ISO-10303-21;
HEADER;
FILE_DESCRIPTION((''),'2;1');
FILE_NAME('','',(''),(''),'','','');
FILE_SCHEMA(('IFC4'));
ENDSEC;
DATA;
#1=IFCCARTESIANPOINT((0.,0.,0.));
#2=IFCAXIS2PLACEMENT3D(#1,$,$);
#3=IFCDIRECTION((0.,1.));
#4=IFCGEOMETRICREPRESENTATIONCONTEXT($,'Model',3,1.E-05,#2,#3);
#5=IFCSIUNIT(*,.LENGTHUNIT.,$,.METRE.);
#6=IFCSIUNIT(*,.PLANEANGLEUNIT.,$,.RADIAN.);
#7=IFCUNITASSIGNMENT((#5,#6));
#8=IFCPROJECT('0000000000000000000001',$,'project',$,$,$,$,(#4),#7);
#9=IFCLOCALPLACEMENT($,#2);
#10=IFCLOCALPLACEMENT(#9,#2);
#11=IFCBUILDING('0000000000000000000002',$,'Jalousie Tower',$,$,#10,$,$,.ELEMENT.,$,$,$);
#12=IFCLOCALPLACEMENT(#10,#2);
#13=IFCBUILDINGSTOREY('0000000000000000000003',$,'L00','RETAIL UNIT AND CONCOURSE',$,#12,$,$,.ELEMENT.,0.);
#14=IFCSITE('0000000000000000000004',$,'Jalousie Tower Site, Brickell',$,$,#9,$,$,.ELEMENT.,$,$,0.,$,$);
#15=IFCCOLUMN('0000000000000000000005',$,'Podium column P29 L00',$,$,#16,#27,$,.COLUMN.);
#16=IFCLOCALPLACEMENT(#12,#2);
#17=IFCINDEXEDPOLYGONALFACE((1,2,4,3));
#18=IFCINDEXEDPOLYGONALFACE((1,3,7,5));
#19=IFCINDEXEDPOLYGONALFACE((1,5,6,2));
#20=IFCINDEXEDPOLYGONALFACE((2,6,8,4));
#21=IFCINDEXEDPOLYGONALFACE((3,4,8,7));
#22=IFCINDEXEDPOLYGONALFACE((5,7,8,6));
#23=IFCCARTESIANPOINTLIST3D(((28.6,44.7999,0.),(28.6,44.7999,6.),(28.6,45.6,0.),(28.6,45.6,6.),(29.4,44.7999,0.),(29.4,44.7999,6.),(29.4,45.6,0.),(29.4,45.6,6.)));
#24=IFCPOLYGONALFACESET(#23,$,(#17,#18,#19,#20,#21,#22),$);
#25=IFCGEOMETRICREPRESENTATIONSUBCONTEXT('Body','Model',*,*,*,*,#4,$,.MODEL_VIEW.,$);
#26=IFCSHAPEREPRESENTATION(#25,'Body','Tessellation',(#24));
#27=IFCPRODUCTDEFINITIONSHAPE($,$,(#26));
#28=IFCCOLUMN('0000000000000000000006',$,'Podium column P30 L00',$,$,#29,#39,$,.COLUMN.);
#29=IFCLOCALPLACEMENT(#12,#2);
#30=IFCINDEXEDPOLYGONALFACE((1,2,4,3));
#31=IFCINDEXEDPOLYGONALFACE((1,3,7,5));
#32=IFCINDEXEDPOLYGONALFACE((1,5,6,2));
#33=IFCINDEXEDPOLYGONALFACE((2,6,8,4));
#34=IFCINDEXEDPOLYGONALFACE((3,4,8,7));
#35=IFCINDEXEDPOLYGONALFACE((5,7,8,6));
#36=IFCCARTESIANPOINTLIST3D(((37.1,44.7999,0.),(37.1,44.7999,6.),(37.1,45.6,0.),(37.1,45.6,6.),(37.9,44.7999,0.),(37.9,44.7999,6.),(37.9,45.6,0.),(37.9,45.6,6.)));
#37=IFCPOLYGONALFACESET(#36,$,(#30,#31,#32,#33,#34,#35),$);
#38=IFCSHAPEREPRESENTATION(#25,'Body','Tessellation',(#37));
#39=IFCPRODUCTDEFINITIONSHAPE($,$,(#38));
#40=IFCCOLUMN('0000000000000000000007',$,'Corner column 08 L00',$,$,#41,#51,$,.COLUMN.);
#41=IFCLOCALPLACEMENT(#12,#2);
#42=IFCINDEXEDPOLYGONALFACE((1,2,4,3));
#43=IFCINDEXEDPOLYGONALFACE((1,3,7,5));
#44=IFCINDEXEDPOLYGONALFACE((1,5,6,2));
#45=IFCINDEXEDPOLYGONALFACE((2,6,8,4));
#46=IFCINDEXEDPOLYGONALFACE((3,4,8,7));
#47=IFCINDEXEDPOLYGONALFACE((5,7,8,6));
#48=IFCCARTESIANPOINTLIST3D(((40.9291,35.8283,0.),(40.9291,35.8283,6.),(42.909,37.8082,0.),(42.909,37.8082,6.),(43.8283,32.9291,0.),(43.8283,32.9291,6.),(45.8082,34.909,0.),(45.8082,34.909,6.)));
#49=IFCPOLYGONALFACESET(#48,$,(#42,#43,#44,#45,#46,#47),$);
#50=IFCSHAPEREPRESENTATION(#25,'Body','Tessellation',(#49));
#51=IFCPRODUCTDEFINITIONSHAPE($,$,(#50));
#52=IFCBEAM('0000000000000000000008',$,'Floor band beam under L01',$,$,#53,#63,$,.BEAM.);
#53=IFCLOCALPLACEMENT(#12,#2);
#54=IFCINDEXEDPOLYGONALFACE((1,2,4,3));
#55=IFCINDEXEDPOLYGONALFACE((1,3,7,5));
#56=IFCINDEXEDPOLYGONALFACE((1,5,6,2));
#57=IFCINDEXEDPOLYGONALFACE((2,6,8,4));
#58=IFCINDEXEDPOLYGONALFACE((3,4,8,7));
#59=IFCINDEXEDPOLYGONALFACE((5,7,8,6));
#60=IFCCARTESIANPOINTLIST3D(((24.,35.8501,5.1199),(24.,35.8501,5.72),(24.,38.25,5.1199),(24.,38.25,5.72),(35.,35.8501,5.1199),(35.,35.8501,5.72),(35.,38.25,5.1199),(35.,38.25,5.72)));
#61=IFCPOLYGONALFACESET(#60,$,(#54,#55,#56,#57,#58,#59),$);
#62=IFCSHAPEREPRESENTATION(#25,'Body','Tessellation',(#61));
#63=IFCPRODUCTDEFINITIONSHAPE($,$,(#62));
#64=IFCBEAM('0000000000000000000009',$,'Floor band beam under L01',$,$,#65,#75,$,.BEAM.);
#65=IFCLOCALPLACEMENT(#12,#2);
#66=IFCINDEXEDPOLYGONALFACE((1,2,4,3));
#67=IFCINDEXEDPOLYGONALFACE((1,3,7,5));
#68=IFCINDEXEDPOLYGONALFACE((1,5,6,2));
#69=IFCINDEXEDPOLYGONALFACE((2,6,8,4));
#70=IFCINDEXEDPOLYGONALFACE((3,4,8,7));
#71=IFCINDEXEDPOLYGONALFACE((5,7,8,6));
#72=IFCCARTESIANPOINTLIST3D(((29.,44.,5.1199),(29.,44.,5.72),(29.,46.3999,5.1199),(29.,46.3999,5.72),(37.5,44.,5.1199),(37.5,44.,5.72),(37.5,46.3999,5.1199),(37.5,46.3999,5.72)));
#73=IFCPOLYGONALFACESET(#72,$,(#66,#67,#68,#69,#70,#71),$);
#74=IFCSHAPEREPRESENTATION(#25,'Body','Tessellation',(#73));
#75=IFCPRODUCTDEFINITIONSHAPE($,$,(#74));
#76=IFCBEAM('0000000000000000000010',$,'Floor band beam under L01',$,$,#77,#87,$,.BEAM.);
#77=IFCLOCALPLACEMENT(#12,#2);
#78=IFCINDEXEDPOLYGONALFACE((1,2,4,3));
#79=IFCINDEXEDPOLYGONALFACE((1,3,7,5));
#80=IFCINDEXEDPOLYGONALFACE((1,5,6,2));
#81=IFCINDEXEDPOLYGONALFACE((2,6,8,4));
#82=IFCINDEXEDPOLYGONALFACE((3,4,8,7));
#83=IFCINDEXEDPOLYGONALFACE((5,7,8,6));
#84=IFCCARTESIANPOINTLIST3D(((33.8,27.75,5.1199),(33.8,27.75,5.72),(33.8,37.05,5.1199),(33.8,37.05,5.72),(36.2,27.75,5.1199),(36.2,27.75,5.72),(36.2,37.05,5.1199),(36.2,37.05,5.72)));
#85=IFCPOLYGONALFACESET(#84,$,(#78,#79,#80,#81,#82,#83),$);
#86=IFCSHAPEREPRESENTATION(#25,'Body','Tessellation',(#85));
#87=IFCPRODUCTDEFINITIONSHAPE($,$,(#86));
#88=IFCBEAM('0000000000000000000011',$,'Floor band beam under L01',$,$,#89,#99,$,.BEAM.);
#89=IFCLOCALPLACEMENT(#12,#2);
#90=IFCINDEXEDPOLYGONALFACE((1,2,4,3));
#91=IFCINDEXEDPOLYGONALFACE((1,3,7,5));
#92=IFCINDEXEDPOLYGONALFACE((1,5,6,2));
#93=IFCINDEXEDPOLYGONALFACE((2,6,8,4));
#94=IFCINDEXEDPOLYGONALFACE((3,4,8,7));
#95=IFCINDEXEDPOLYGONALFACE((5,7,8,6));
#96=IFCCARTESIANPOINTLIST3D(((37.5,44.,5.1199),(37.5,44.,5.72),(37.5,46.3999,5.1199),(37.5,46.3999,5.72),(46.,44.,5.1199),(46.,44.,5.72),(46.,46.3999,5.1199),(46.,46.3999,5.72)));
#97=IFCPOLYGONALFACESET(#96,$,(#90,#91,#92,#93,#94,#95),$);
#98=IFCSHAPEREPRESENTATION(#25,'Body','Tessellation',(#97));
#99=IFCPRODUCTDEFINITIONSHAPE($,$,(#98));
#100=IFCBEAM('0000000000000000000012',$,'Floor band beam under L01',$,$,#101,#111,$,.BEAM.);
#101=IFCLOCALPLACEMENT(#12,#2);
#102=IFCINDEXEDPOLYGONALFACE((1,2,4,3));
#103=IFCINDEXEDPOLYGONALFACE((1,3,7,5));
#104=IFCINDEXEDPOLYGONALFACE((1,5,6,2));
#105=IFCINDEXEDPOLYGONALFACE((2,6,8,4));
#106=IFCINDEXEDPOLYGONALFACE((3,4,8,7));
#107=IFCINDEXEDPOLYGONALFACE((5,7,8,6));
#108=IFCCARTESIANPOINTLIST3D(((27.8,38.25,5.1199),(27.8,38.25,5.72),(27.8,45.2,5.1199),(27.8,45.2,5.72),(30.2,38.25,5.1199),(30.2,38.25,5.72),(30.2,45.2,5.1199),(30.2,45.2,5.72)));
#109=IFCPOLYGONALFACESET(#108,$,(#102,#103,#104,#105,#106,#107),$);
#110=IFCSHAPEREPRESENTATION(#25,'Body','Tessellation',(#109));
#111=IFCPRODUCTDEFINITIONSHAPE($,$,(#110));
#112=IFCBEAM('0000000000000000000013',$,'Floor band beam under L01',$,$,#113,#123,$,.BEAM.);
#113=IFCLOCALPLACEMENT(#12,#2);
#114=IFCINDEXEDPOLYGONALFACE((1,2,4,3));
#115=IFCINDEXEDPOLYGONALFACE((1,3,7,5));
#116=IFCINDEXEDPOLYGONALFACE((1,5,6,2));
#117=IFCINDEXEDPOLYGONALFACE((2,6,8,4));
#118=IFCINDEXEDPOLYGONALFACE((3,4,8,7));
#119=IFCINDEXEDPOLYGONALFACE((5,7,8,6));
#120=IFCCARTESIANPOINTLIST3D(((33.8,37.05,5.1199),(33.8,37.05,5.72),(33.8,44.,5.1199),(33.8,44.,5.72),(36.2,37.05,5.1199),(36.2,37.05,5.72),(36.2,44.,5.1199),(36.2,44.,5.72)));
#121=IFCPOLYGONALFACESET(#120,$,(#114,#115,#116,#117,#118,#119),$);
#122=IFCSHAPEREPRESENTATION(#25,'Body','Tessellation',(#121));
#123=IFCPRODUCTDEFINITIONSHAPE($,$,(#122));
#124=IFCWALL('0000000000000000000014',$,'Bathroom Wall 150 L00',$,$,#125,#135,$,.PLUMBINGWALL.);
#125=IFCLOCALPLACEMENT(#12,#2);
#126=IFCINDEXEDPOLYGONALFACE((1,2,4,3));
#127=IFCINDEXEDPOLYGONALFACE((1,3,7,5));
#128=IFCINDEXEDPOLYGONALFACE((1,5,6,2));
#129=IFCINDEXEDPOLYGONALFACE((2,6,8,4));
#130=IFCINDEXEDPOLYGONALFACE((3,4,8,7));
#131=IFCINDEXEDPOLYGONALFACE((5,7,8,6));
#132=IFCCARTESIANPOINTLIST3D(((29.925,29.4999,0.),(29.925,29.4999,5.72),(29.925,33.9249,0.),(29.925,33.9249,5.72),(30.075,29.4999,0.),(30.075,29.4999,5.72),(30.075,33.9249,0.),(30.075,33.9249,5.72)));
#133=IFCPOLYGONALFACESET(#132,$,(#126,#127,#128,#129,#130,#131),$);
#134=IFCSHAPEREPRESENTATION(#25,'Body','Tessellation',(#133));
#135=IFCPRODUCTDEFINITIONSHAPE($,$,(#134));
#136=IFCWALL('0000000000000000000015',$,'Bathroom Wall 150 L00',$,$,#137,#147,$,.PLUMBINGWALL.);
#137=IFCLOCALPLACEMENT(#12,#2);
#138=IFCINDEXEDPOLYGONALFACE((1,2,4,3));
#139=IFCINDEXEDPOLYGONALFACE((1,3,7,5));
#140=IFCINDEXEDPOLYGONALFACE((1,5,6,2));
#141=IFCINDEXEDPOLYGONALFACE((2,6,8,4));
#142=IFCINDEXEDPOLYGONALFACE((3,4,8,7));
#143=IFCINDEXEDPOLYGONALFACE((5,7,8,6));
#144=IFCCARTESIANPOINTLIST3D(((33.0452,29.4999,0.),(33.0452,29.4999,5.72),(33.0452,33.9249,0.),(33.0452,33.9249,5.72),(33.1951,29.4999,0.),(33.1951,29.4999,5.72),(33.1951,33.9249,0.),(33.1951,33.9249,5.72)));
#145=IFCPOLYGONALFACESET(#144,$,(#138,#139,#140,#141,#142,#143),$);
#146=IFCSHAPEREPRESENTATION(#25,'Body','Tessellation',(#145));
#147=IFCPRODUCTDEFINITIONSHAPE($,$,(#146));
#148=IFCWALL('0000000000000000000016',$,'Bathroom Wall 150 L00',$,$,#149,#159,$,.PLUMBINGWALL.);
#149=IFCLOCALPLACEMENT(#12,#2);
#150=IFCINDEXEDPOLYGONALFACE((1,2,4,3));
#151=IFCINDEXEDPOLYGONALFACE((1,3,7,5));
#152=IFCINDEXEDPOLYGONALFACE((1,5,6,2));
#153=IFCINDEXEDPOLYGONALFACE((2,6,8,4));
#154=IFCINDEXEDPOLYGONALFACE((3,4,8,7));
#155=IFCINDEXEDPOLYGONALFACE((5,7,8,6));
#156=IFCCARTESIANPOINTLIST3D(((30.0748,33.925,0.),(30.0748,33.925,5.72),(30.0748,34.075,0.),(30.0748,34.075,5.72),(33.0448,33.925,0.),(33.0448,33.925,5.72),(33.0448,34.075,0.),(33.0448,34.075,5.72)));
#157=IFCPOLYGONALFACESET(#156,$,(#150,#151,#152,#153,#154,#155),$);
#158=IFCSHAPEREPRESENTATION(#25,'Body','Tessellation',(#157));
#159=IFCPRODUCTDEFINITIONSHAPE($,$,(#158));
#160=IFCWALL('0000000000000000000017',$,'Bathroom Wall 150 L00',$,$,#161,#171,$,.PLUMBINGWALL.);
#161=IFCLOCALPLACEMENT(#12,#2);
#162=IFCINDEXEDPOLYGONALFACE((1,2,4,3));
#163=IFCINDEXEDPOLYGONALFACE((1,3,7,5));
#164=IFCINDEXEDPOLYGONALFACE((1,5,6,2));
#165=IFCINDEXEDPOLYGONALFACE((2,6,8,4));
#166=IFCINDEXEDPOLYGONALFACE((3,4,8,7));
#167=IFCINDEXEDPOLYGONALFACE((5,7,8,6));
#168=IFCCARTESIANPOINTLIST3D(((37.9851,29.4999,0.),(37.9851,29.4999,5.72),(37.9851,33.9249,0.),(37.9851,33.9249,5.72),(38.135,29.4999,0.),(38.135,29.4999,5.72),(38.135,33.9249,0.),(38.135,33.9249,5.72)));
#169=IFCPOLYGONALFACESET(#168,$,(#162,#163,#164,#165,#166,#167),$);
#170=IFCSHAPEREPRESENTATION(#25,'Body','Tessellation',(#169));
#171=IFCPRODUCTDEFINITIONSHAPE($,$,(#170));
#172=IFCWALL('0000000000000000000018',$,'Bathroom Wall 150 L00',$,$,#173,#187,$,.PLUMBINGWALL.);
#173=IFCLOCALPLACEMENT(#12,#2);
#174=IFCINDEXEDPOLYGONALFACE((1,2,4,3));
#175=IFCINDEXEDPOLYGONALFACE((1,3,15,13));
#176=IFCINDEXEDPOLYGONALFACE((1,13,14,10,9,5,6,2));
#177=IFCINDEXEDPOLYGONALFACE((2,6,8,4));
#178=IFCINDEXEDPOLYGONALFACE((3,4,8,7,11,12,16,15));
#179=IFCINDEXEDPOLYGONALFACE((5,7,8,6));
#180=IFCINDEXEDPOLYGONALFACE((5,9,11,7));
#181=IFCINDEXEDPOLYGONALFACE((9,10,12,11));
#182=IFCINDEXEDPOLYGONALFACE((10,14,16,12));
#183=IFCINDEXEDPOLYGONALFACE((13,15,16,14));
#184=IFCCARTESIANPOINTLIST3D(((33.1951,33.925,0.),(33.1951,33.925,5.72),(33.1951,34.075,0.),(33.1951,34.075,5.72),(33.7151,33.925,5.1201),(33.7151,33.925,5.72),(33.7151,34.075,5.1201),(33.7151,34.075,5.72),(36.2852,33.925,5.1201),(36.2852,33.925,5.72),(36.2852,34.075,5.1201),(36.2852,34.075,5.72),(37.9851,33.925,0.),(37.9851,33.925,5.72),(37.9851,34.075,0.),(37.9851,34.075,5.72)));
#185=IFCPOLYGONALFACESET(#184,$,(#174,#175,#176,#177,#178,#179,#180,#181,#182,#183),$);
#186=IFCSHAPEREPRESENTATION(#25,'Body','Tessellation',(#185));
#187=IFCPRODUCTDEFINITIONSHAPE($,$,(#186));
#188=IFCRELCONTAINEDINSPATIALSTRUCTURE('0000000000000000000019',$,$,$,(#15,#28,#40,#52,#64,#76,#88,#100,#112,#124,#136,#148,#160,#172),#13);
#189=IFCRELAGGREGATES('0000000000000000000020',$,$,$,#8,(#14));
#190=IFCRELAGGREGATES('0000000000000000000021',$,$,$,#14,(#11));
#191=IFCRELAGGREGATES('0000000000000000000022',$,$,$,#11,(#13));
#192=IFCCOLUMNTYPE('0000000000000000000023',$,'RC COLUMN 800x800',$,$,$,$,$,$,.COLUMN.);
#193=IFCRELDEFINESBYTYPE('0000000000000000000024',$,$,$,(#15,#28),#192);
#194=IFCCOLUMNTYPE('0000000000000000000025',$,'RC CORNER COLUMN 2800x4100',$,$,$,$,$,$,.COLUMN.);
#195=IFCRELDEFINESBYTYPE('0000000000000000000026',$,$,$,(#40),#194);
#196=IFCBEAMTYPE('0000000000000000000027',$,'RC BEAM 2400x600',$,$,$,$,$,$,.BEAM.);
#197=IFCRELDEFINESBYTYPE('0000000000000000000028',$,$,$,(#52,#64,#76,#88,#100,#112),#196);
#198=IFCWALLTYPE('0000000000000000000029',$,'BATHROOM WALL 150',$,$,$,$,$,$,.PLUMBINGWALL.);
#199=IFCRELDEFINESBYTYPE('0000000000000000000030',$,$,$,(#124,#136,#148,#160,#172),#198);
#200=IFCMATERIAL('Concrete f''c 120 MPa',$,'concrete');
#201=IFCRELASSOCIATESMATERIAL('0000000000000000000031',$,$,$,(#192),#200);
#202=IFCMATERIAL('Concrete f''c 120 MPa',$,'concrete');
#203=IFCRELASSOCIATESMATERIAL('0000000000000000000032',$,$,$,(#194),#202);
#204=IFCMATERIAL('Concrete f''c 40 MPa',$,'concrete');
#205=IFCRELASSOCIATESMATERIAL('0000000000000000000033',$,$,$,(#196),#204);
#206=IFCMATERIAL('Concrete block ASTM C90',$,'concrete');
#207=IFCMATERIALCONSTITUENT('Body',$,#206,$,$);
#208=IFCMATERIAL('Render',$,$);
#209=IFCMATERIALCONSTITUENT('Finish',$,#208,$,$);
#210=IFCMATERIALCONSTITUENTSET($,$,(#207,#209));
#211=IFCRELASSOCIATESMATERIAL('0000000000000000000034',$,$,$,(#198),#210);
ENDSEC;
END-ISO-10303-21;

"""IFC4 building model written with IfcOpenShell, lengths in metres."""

from ifc_helpers import new_model, si_unit, direction, frame, frame_2d, origin, origin_2d, place, context, subcontext, project, spatial, polyline, rectangle, outline, extrude, material, constituent, constituent_set, material_profile, profile_set, type_object, element, save


model = new_model("IFC4")

# Units and contexts
model_context = context("Model", 3, precision=1e-05, world=origin(), true_north=direction((0.0, 1.0)))
body_context = subcontext(model_context, "Body", "Model", "MODEL_VIEW")
ifc_project = project(units=[si_unit("LENGTHUNIT", "METRE"), si_unit("PLANEANGLEUNIT", "RADIAN")], contexts=[model_context])

# Site, building, storey
site_placement = place(None, origin())
site = spatial("IfcSite", under=ifc_project, at=site_placement, Name="Jalousie Tower Site, Brickell", CompositionType="ELEMENT", RefElevation=0.0)
building_placement = place(site_placement, origin())
building = spatial("IfcBuilding", under=site, at=building_placement, Name="Jalousie Tower", CompositionType="ELEMENT")
storey_placement = place(building_placement, origin())
storey = spatial("IfcBuildingStorey", under=building, at=storey_placement, Name="L00", Description="RETAIL UNIT AND CONCOURSE", CompositionType="ELEMENT", Elevation=0.0)

# Columns
ifc_material_1 = material(Name="Concrete f'c 120 MPa", Category="concrete")
ifc_material_profile_1 = material_profile(ifc_material_1, rectangle(XDim=0.8, YDim=0.8, at=origin_2d()), Name="RC 800x800")
ifc_profile_set_1 = profile_set([ifc_material_profile_1], Name="Concrete f'c 120 MPa")
column_type_1 = type_object("IfcColumnType", Name="RC COLUMN 800x800", PredefinedType="COLUMN", material=ifc_profile_set_1)
for number, where, z_axis, x_axis, name in (
    (1, (29.0, 45.2, 0.0), (0.0, 0.0, 1.0), (1.0, 0.0, 0.0), "Podium column P29 L00"),
    (2, (37.5, 45.2, 0.0), (0.0, 0.0, 1.0), (1.0, 0.0, 0.0), "Podium column P30 L00"),
):
    element("IfcColumn", number, at=place(storey_placement, frame(where, z_axis=z_axis, x_axis=x_axis)), inside=storey, type_object=column_type_1, Name=name, PredefinedType="COLUMN", context=body_context, shape_type="SweptSolid", body=[
        extrude(rectangle(XDim=0.8, YDim=0.8, at=origin_2d()), origin(), (0.0, 0.0, 1.0), 6.0),
    ])
ifc_material_2 = material(Name="Concrete f'c 120 MPa", Category="concrete")
ifc_material_profile_2 = material_profile(ifc_material_2, rectangle(XDim=2.8, YDim=4.1001, at=origin_2d()), Name="RC 2800x4100")
ifc_profile_set_2 = profile_set([ifc_material_profile_2], Name="Concrete f'c 120 MPa")
column_type_2 = type_object("IfcColumnType", Name="RC CORNER COLUMN 2800x4100", PredefinedType="COLUMN", material=ifc_profile_set_2)
column_placement = place(storey_placement, frame((43.3687, 35.3687, 0.0), z_axis=(0.0, 0.0, 1.0), x_axis=(-0.707107, -0.707107, 0.0)))
element("IfcColumn", 3, at=column_placement, inside=storey, type_object=column_type_2, Name="Corner column 08 L00", PredefinedType="COLUMN", context=body_context, shape_type="SweptSolid", body=[
    extrude(rectangle(XDim=2.8, YDim=4.1001, at=origin_2d()), origin(), (0.0, 0.0, 1.0), 6.0),
])

# Beams
ifc_material_3 = material(Name="Concrete f'c 40 MPa", Category="concrete")
ifc_material_profile_3 = material_profile(ifc_material_3, rectangle(XDim=2.3999, YDim=0.6001, at=origin_2d()), Name="RC 2400x600")
ifc_profile_set_3 = profile_set([ifc_material_profile_3], Name="Concrete f'c 40 MPa")
beam_type = type_object("IfcBeamType", Name="RC BEAM 2400x600", PredefinedType="BEAM", material=ifc_profile_set_3)
beam_1_placement = place(storey_placement, frame((35.0, 37.05, 5.4199), z_axis=(-1.0, 0.0, 0.0), x_axis=(0.0, -1.0, 0.0)))
element("IfcBeam", 4, at=beam_1_placement, inside=storey, type_object=beam_type, Name="Floor band beam under L01", PredefinedType="BEAM", context=body_context, shape_type="SweptSolid", body=[
    extrude(rectangle(XDim=2.3999, YDim=0.6001, at=origin_2d()), origin(), (0.0, 0.0, 1.0), 11.0),
])
beam_2_placement = place(storey_placement, frame((29.0, 45.2, 5.4199), z_axis=(1.0, 0.0, 0.0), x_axis=(0.0, 1.0, 0.0)))
element("IfcBeam", 5, at=beam_2_placement, inside=storey, type_object=beam_type, Name="Floor band beam under L01", PredefinedType="BEAM", context=body_context, shape_type="SweptSolid", body=[
    extrude(rectangle(XDim=2.3999, YDim=0.6001, at=origin_2d()), origin(), (0.0, 0.0, 1.0), 8.5),
])
beam_3_placement = place(storey_placement, frame((35.0, 37.05, 5.4199), z_axis=(0.0, -1.0, 0.0), x_axis=(1.0, 0.0, 0.0)))
element("IfcBeam", 6, at=beam_3_placement, inside=storey, type_object=beam_type, Name="Floor band beam under L01", PredefinedType="BEAM", context=body_context, shape_type="SweptSolid", body=[
    extrude(rectangle(XDim=2.3999, YDim=0.6001, at=origin_2d()), origin(), (0.0, 0.0, 1.0), 9.3),
])
beam_4_placement = place(storey_placement, frame((37.5, 45.2, 5.4199), z_axis=(1.0, 0.0, 0.0), x_axis=(0.0, 1.0, 0.0)))
element("IfcBeam", 7, at=beam_4_placement, inside=storey, type_object=beam_type, Name="Floor band beam under L01", PredefinedType="BEAM", context=body_context, shape_type="SweptSolid", body=[
    extrude(rectangle(XDim=2.3999, YDim=0.6001, at=origin_2d()), origin(), (0.0, 0.0, 1.0), 8.5),
])
for number, where, z_axis, x_axis, name in (
    (8, (29.0, 45.2, 5.4199), (0.0, -1.0, 0.0), (1.0, 0.0, 0.0), "Floor band beam under L01"),
    (9, (35.0, 37.05, 5.4199), (0.0, 1.0, 0.0), (-1.0, 0.0, 0.0), "Floor band beam under L01"),
):
    element("IfcBeam", number, at=place(storey_placement, frame(where, z_axis=z_axis, x_axis=x_axis)), inside=storey, type_object=beam_type, Name=name, PredefinedType="BEAM", context=body_context, shape_type="SweptSolid", body=[
        extrude(rectangle(XDim=2.3999, YDim=0.6001, at=origin_2d()), origin(), (0.0, 0.0, 1.0), 6.95),
    ])

# Walls
ifc_material_4 = material(Name="Concrete block ASTM C90", Category="concrete")
ifc_constituent_1 = constituent(ifc_material_4, Name="Body")
ifc_material_5 = material(Name="Render")
ifc_constituent_2 = constituent(ifc_material_5, Name="Finish")
ifc_constituent_set_1 = constituent_set(constituents=[ifc_constituent_1, ifc_constituent_2])
wall_type_1 = type_object("IfcWallType", Name="BATHROOM WALL 150", PredefinedType="PLUMBINGWALL", material=ifc_constituent_set_1)
for number, where, z_axis, x_axis, name in (
    (10, (30.0, 29.5, 0.0), (0.0, 0.0, 1.0), (0.0, 1.0, 0.0), "Bathroom Wall 150 L00"),
    (11, (33.1201, 29.5, 0.0), (0.0, 0.0, 1.0), (0.0, 1.0, 0.0), "Bathroom Wall 150 L00"),
):
    element("IfcWall", number, at=place(storey_placement, frame(where, z_axis=z_axis, x_axis=x_axis)), inside=storey, type_object=wall_type_1, Name=name, PredefinedType="PLUMBINGWALL", context=body_context, shape_type="SweptSolid", body=[
        extrude(rectangle(XDim=4.425, YDim=0.1499, at=frame_2d((2.2124, 0.0))), origin(), (0.0, 0.0, 1.0), 5.72),
    ])
wall_1_placement = place(storey_placement, frame((30.075, 34.0, 0.0), z_axis=(0.0, 0.0, 1.0), x_axis=(1.0, 0.0, 0.0)))
element("IfcWall", 12, at=wall_1_placement, inside=storey, type_object=wall_type_1, Name="Bathroom Wall 150 L00", PredefinedType="PLUMBINGWALL", context=body_context, shape_type="SweptSolid", body=[
    extrude(rectangle(XDim=2.97, YDim=0.1499, at=frame_2d((1.4849, 0.0))), origin(), (0.0, 0.0, 1.0), 5.72),
])
wall_2_placement = place(storey_placement, frame((38.0601, 29.5, 0.0), z_axis=(0.0, 0.0, 1.0), x_axis=(0.0, 1.0, 0.0)))
element("IfcWall", 13, at=wall_2_placement, inside=storey, type_object=wall_type_1, Name="Bathroom Wall 150 L00", PredefinedType="PLUMBINGWALL", context=body_context, shape_type="SweptSolid", body=[
    extrude(rectangle(XDim=4.425, YDim=0.1499, at=frame_2d((2.2124, 0.0))), origin(), (0.0, 0.0, 1.0), 5.72),
])
wall_3_placement = place(storey_placement, frame((33.1951, 34.0, 0.0), z_axis=(0.0, 0.0, 1.0), x_axis=(1.0, 0.0, 0.0)))
element("IfcWall", 14, at=wall_3_placement, inside=storey, type_object=wall_type_1, Name="Bathroom Wall 150 L00", PredefinedType="PLUMBINGWALL", context=body_context, shape_type="SweptSolid", body=[
    extrude(outline(polyline([(0.0, 0.0), (4.79, 0.0), (4.79, 5.72), (3.0901, 5.72), (3.0901, 5.1201), (0.52, 5.1201), (0.52, 5.72), (0.0, 5.72), (0.0, 0.0)])), frame((0.0, 0.075, 0.0), z_axis=(0.0, -1.0, 0.0), x_axis=(1.0, 0.0, 0.0)), (0.0, 0.0, 1.0), 0.1499),
])

save(model, "model.ifc")
